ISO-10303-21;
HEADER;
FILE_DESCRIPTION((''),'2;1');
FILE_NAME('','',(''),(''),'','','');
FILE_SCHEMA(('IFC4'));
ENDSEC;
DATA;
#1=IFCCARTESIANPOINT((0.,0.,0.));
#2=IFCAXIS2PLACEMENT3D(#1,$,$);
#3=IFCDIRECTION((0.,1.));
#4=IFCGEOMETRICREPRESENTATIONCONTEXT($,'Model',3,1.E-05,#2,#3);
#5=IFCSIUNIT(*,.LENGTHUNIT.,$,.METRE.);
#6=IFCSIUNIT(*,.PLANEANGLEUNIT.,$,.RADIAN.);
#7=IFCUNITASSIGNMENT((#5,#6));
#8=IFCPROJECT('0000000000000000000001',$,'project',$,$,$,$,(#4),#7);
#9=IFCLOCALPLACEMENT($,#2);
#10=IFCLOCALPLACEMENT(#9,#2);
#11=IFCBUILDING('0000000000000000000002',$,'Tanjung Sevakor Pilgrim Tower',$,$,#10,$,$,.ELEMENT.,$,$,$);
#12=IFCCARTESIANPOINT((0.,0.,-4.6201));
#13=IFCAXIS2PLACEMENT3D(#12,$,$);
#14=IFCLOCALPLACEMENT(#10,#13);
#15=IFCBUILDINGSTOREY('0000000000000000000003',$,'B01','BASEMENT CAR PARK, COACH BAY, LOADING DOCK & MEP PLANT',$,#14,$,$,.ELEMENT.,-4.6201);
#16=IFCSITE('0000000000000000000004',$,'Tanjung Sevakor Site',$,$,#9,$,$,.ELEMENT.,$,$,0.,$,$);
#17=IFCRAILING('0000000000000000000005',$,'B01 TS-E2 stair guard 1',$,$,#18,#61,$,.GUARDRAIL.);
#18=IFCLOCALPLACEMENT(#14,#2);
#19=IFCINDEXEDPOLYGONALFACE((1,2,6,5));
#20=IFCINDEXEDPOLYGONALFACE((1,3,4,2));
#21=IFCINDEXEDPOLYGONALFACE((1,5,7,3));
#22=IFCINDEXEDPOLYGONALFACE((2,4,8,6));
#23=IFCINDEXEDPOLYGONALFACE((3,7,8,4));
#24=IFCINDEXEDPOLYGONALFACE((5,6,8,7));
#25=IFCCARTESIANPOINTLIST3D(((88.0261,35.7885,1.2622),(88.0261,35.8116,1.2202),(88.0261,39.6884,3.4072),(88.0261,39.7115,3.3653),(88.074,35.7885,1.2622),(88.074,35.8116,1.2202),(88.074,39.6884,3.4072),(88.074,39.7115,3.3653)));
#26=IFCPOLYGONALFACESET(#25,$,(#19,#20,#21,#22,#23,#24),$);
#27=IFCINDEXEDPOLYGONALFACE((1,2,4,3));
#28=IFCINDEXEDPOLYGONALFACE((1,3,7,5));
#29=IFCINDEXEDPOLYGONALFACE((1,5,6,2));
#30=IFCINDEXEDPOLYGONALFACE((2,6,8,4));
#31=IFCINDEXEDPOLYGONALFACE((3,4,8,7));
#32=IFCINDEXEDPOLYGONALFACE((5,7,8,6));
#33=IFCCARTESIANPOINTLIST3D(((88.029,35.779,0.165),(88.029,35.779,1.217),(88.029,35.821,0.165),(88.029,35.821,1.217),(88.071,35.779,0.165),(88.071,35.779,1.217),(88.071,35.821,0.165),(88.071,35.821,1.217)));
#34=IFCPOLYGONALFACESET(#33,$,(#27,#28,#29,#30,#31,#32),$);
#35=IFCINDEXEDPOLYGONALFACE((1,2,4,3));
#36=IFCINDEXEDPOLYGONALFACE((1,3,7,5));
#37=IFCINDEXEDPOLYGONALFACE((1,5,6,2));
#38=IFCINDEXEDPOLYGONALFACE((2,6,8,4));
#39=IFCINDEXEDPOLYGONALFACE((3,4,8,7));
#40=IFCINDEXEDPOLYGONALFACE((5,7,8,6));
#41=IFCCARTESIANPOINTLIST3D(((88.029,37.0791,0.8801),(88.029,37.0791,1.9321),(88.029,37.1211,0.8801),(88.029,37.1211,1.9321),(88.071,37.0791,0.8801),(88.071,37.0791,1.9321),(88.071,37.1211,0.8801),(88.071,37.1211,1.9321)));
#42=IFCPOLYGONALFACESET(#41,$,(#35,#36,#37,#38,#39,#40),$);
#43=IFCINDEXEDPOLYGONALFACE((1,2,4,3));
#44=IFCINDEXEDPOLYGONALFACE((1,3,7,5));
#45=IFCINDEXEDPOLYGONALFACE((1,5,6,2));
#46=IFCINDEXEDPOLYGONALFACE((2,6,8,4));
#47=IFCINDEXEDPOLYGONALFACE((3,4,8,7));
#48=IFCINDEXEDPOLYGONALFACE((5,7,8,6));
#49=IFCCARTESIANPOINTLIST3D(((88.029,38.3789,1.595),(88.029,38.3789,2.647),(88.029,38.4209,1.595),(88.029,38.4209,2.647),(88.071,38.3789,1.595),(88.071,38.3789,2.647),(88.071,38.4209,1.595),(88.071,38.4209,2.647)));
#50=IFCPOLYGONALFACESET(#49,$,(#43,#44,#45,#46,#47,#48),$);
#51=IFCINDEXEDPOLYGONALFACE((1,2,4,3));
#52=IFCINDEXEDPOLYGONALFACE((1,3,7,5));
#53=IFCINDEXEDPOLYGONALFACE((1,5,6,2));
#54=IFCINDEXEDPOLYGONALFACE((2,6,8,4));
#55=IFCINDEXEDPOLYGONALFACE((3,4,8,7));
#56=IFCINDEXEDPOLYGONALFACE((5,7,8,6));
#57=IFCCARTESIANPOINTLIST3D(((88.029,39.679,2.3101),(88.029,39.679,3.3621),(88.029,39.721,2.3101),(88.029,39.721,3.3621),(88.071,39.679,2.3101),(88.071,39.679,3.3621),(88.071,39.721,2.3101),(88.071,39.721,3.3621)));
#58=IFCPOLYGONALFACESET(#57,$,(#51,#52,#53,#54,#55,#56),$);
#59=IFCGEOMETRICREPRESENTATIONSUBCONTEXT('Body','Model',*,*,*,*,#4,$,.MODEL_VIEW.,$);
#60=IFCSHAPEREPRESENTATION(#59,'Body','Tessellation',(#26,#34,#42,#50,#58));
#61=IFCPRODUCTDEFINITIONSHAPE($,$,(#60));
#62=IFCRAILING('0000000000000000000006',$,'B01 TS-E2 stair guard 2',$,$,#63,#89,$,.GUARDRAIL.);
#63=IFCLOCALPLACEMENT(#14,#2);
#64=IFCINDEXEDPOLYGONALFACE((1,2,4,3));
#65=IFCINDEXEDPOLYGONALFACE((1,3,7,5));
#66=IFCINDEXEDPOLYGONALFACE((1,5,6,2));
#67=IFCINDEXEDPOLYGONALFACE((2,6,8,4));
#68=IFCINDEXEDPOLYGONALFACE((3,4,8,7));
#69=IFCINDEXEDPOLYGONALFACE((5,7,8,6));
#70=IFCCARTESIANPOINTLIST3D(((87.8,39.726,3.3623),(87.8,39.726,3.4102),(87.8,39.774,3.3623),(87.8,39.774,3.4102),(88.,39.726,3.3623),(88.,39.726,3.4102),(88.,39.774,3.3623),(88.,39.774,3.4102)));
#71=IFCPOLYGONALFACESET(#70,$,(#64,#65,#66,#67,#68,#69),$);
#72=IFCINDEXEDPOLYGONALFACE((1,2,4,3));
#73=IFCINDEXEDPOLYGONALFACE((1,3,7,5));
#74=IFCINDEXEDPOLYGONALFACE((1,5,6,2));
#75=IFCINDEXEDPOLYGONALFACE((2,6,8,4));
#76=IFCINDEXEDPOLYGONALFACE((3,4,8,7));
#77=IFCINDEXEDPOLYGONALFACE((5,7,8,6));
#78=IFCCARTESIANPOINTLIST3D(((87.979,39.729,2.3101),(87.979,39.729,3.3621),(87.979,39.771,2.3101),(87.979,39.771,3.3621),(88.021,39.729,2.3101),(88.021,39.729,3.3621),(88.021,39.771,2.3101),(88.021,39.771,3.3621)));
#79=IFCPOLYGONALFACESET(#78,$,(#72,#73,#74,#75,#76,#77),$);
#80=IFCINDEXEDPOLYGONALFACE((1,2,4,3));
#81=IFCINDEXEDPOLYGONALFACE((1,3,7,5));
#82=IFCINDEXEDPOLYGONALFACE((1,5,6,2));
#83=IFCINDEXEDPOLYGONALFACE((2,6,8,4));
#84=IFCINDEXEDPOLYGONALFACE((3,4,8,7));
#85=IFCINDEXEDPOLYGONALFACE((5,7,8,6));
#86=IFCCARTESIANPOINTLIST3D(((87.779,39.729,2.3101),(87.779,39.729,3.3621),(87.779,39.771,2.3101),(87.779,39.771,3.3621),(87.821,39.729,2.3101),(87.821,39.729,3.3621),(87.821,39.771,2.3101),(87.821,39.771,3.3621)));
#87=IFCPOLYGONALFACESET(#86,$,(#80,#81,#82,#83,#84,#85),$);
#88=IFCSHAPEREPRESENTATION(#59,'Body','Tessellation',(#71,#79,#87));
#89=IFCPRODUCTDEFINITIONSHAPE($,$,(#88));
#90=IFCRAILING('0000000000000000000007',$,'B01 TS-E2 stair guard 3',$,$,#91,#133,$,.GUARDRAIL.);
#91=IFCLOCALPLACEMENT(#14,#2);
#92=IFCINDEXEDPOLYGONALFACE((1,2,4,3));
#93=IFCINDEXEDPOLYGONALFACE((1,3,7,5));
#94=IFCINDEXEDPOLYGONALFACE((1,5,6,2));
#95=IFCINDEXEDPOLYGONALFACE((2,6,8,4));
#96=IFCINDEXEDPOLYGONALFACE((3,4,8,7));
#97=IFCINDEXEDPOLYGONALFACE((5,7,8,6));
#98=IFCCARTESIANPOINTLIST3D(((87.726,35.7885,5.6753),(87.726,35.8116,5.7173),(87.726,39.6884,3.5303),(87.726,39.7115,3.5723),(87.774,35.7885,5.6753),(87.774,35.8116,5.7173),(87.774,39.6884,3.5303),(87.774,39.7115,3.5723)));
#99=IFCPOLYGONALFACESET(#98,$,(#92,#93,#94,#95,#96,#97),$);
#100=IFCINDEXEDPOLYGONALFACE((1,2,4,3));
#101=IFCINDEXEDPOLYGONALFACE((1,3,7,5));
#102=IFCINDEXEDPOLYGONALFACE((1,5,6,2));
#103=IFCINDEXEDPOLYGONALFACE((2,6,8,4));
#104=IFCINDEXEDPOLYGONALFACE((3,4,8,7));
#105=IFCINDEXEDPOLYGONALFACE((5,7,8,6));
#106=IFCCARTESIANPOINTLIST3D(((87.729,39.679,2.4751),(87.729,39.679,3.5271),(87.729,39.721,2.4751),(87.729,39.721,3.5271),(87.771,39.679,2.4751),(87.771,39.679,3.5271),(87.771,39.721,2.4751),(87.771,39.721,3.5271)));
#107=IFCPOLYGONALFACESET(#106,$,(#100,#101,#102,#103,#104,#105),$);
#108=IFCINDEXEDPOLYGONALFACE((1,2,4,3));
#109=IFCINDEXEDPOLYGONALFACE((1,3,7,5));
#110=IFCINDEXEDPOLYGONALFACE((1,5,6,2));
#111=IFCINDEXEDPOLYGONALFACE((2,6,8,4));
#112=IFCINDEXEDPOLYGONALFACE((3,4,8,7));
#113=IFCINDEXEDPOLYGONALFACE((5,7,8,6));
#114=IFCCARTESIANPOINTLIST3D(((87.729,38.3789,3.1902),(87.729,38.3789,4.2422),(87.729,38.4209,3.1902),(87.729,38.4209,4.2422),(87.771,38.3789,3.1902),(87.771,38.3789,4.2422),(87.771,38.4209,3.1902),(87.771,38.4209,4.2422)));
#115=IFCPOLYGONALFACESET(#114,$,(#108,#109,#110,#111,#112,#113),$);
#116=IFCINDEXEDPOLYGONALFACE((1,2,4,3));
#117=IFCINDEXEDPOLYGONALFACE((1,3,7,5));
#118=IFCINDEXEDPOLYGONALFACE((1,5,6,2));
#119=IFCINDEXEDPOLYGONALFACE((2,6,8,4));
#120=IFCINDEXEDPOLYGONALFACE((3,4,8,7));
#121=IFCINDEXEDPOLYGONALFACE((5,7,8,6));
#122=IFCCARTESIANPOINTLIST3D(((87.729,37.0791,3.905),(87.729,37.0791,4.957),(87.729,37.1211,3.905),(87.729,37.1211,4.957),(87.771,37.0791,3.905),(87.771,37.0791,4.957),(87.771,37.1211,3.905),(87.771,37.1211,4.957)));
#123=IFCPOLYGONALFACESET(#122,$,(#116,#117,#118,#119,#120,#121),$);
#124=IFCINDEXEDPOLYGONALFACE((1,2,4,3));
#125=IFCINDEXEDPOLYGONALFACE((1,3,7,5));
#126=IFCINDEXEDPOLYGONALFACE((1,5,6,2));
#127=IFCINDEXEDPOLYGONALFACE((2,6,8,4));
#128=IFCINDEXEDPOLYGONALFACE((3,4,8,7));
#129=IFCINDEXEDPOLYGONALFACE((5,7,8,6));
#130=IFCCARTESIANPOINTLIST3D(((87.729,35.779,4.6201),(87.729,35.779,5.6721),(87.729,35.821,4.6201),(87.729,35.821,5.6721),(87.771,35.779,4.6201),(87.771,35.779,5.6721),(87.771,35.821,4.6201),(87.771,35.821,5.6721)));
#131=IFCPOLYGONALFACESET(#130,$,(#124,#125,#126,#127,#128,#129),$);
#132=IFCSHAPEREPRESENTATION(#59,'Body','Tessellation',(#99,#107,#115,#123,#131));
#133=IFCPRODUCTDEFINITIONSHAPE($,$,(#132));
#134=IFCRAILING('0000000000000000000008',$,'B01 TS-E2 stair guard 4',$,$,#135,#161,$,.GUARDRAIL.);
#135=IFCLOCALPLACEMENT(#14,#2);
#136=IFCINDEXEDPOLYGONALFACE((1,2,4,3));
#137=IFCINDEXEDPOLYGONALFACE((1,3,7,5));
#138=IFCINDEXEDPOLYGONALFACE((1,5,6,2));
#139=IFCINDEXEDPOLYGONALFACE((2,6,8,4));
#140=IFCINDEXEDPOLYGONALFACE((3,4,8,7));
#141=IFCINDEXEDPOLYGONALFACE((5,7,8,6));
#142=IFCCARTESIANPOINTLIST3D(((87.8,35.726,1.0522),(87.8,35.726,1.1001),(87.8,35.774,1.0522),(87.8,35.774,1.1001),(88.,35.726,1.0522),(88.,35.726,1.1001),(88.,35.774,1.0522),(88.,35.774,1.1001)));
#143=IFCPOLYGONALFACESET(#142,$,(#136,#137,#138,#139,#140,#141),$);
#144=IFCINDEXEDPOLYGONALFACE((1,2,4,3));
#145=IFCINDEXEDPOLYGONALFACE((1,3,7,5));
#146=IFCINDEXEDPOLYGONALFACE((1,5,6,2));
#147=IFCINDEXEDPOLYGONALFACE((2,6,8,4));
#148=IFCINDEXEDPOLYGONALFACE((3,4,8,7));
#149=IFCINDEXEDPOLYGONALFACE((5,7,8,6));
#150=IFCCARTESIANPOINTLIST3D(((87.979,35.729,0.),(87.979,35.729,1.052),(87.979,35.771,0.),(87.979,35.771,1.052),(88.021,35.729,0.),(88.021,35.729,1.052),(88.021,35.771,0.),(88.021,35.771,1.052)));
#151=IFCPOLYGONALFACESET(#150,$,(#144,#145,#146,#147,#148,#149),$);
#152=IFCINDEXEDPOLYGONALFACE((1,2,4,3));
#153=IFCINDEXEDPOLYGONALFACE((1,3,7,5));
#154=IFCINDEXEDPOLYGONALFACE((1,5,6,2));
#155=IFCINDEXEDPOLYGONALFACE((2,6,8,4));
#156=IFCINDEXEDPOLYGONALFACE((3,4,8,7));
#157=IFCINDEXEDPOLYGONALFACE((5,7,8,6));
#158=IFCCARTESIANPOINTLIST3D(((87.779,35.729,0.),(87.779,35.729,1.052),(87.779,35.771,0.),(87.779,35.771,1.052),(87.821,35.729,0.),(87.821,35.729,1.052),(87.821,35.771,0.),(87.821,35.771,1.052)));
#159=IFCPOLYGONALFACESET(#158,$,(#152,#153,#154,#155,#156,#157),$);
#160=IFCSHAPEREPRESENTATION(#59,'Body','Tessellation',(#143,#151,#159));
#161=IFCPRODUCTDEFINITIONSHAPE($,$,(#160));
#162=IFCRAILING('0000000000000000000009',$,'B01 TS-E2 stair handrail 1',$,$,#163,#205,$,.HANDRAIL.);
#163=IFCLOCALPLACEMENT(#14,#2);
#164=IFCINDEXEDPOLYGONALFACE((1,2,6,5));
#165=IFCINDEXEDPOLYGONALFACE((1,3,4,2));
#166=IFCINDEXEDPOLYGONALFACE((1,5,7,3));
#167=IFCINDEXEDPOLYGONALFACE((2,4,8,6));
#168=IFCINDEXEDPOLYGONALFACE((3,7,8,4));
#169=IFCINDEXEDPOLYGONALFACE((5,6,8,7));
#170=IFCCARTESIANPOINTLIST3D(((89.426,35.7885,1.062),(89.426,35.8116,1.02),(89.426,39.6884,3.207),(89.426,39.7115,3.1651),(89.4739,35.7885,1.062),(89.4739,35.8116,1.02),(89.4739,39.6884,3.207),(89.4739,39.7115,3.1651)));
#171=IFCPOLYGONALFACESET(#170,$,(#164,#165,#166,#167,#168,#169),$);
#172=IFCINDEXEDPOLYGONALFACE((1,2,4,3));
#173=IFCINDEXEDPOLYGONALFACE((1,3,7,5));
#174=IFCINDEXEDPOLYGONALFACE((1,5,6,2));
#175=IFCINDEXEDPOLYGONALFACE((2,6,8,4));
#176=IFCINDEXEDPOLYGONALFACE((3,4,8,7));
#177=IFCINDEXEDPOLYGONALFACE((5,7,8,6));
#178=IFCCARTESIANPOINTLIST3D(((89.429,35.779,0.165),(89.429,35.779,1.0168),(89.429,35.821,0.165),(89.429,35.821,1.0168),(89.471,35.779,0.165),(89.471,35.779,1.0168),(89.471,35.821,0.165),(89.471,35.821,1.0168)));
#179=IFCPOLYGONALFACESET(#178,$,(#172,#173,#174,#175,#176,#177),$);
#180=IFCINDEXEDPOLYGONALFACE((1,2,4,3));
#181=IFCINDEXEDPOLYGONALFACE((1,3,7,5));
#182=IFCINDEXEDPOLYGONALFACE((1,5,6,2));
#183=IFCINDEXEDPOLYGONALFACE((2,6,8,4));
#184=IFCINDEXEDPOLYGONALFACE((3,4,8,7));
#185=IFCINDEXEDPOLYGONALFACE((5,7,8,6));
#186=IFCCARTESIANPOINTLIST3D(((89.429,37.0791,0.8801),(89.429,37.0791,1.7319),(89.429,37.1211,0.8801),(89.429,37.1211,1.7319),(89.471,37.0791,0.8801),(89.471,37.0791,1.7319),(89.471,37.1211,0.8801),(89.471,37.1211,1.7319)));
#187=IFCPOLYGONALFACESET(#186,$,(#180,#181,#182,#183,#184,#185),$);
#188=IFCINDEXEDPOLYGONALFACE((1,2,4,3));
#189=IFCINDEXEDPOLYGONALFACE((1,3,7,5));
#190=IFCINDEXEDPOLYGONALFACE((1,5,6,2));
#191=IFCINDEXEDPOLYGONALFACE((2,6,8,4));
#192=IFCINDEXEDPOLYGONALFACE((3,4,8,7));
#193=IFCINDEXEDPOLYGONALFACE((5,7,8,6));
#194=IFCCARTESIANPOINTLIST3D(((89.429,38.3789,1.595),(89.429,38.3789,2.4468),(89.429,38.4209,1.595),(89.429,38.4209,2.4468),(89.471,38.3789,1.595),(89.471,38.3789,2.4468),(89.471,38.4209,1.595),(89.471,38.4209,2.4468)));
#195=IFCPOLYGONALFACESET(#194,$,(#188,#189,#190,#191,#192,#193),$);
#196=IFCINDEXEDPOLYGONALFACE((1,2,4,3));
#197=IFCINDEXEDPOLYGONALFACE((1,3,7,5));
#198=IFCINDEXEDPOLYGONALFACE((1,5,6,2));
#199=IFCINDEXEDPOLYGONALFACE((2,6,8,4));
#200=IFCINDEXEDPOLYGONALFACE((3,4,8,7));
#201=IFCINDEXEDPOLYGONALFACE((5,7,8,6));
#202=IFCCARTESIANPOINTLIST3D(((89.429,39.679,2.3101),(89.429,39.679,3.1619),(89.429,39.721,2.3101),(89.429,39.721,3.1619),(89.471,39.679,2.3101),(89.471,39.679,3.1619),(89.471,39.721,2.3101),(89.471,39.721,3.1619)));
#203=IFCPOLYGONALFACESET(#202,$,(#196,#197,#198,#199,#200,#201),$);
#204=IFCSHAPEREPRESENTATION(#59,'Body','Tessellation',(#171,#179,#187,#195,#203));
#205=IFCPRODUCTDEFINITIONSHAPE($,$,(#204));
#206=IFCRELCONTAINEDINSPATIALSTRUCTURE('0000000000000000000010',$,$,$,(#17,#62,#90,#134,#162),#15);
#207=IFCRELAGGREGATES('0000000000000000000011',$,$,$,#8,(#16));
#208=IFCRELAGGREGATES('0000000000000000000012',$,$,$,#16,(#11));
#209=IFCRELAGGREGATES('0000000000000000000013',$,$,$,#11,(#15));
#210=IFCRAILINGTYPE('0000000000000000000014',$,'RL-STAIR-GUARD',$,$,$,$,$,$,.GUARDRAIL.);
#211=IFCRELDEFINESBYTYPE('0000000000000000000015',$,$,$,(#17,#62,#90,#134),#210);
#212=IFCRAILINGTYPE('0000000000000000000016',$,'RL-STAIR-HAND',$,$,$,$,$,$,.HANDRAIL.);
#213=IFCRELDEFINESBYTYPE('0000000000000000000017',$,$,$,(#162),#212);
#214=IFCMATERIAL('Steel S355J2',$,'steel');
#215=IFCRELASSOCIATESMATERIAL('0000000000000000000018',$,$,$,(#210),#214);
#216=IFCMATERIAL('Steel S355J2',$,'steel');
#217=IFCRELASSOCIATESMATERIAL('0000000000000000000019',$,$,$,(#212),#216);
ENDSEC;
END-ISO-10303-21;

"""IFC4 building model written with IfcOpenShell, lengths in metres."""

from ifc_helpers import new_model, si_unit, direction, frame, origin, place, context, subcontext, project, spatial, rectangle, extrude, material, type_object, element, save


model = new_model("IFC4")

# Units and contexts
model_context = context("Model", 3, precision=1e-05, world=origin(), true_north=direction((0.0, 1.0)))
body_context = subcontext(model_context, "Body", "Model", "MODEL_VIEW")
ifc_project = project(units=[si_unit("LENGTHUNIT", "METRE"), si_unit("PLANEANGLEUNIT", "RADIAN")], contexts=[model_context])

# Site, building, storey
site_placement = place(None, origin())
site = spatial("IfcSite", under=ifc_project, at=site_placement, Name="Tanjung Sevakor Site", CompositionType="ELEMENT", RefElevation=0.0)
building_placement = place(site_placement, origin())
building = spatial("IfcBuilding", under=site, at=building_placement, Name="Tanjung Sevakor Pilgrim Tower", CompositionType="ELEMENT")
storey_placement = place(building_placement, frame((0.0, 0.0, -4.6201)))
storey = spatial("IfcBuildingStorey", under=building, at=storey_placement, Name="B01", Description="BASEMENT CAR PARK, COACH BAY, LOADING DOCK & MEP PLANT", CompositionType="ELEMENT", Elevation=-4.6201)

# Railings
ifc_material_1 = material(Name="Steel S355J2", Category="steel")
railing_type_1 = type_object("IfcRailingType", Name="RL-STAIR-GUARD", PredefinedType="GUARDRAIL", material=ifc_material_1)
railing_1_placement = place(storey_placement, frame((88.05, 35.8, 0.165)))
element("IfcRailing", 1, at=railing_1_placement, inside=storey, type_object=railing_type_1, Name="B01 TS-E2 stair guard 1", PredefinedType="GUARDRAIL", context=body_context, shape_type="SweptSolid", body=[
    extrude(rectangle(XDim=0.0479, YDim=0.0479), frame((0.0, 0.0, 1.0762), z_axis=(0.0, 0.876209, 0.481931), x_axis=(-1.0, 0.0, 0.0)), (0.0, 0.0, 1.0), 4.4509),
    extrude(rectangle(XDim=0.042, YDim=0.042), origin(), (0.0, 0.0, 1.0), 1.052),
    extrude(rectangle(XDim=0.042, YDim=0.042), frame((0.0, 1.3, 0.7151)), (0.0, 0.0, 1.0), 1.052),
    extrude(rectangle(XDim=0.042, YDim=0.042), frame((0.0, 2.5999, 1.4299)), (0.0, 0.0, 1.0), 1.052),
    extrude(rectangle(XDim=0.042, YDim=0.042), frame((0.0, 3.8999, 2.145)), (0.0, 0.0, 1.0), 1.052),
])
railing_2_placement = place(storey_placement, frame((88.0, 39.75, 2.3101)))
element("IfcRailing", 2, at=railing_2_placement, inside=storey, type_object=railing_type_1, Name="B01 TS-E2 stair guard 2", PredefinedType="GUARDRAIL", context=body_context, shape_type="SweptSolid", body=[
    extrude(rectangle(XDim=0.0479, YDim=0.0479), frame((0.0, 0.0, 1.0762), z_axis=(-1.0, 0.0, 0.0), x_axis=(0.0, -1.0, 0.0)), (0.0, 0.0, 1.0), 0.2),
    extrude(rectangle(XDim=0.042, YDim=0.042), origin(), (0.0, 0.0, 1.0), 1.052),
    extrude(rectangle(XDim=0.042, YDim=0.042), frame((-0.2, 0.0, 0.0)), (0.0, 0.0, 1.0), 1.052),
])
railing_3_placement = place(storey_placement, frame((87.75, 39.7, 2.4751)))
element("IfcRailing", 3, at=railing_3_placement, inside=storey, type_object=railing_type_1, Name="B01 TS-E2 stair guard 3", PredefinedType="GUARDRAIL", context=body_context, shape_type="SweptSolid", body=[
    extrude(rectangle(XDim=0.0479, YDim=0.0479), frame((0.0, 0.0, 1.0762), z_axis=(0.0, -0.876209, 0.481931), x_axis=(1.0, 0.0, 0.0)), (0.0, 0.0, 1.0), 4.4509),
    extrude(rectangle(XDim=0.042, YDim=0.042), origin(), (0.0, 0.0, 1.0), 1.052),
    extrude(rectangle(XDim=0.042, YDim=0.042), frame((0.0, -1.3, 0.7151)), (0.0, 0.0, 1.0), 1.052),
    extrude(rectangle(XDim=0.042, YDim=0.042), frame((0.0, -2.5999, 1.4299)), (0.0, 0.0, 1.0), 1.052),
    extrude(rectangle(XDim=0.042, YDim=0.042), frame((0.0, -3.8999, 2.145)), (0.0, 0.0, 1.0), 1.052),
])
railing_4_placement = place(storey_placement, frame((88.0, 35.75, 0.0)))
element("IfcRailing", 4, at=railing_4_placement, inside=storey, type_object=railing_type_1, Name="B01 TS-E2 stair guard 4", PredefinedType="GUARDRAIL", context=body_context, shape_type="SweptSolid", body=[
    extrude(rectangle(XDim=0.0479, YDim=0.0479), frame((0.0, 0.0, 1.0762), z_axis=(-1.0, 0.0, 0.0), x_axis=(0.0, -1.0, 0.0)), (0.0, 0.0, 1.0), 0.2),
    extrude(rectangle(XDim=0.042, YDim=0.042), origin(), (0.0, 0.0, 1.0), 1.052),
    extrude(rectangle(XDim=0.042, YDim=0.042), frame((-0.2, 0.0, 0.0)), (0.0, 0.0, 1.0), 1.052),
])
ifc_material_2 = material(Name="Steel S355J2", Category="steel")
railing_type_2 = type_object("IfcRailingType", Name="RL-STAIR-HAND", PredefinedType="HANDRAIL", material=ifc_material_2)
railing_5_placement = place(storey_placement, frame((89.45, 35.8, 0.165)))
element("IfcRailing", 5, at=railing_5_placement, inside=storey, type_object=railing_type_2, Name="B01 TS-E2 stair handrail 1", PredefinedType="HANDRAIL", context=body_context, shape_type="SweptSolid", body=[
    extrude(rectangle(XDim=0.0479, YDim=0.0479), frame((0.0, 0.0, 0.876), z_axis=(0.0, 0.876209, 0.481931), x_axis=(-1.0, 0.0, 0.0)), (0.0, 0.0, 1.0), 4.4509),
    extrude(rectangle(XDim=0.042, YDim=0.042), origin(), (0.0, 0.0, 1.0), 0.8518),
    extrude(rectangle(XDim=0.042, YDim=0.042), frame((0.0, 1.3, 0.7151)), (0.0, 0.0, 1.0), 0.8518),
    extrude(rectangle(XDim=0.042, YDim=0.042), frame((0.0, 2.5999, 1.4299)), (0.0, 0.0, 1.0), 0.8518),
    extrude(rectangle(XDim=0.042, YDim=0.042), frame((0.0, 3.8999, 2.145)), (0.0, 0.0, 1.0), 0.8518),
])

save(model, "model.ifc")
